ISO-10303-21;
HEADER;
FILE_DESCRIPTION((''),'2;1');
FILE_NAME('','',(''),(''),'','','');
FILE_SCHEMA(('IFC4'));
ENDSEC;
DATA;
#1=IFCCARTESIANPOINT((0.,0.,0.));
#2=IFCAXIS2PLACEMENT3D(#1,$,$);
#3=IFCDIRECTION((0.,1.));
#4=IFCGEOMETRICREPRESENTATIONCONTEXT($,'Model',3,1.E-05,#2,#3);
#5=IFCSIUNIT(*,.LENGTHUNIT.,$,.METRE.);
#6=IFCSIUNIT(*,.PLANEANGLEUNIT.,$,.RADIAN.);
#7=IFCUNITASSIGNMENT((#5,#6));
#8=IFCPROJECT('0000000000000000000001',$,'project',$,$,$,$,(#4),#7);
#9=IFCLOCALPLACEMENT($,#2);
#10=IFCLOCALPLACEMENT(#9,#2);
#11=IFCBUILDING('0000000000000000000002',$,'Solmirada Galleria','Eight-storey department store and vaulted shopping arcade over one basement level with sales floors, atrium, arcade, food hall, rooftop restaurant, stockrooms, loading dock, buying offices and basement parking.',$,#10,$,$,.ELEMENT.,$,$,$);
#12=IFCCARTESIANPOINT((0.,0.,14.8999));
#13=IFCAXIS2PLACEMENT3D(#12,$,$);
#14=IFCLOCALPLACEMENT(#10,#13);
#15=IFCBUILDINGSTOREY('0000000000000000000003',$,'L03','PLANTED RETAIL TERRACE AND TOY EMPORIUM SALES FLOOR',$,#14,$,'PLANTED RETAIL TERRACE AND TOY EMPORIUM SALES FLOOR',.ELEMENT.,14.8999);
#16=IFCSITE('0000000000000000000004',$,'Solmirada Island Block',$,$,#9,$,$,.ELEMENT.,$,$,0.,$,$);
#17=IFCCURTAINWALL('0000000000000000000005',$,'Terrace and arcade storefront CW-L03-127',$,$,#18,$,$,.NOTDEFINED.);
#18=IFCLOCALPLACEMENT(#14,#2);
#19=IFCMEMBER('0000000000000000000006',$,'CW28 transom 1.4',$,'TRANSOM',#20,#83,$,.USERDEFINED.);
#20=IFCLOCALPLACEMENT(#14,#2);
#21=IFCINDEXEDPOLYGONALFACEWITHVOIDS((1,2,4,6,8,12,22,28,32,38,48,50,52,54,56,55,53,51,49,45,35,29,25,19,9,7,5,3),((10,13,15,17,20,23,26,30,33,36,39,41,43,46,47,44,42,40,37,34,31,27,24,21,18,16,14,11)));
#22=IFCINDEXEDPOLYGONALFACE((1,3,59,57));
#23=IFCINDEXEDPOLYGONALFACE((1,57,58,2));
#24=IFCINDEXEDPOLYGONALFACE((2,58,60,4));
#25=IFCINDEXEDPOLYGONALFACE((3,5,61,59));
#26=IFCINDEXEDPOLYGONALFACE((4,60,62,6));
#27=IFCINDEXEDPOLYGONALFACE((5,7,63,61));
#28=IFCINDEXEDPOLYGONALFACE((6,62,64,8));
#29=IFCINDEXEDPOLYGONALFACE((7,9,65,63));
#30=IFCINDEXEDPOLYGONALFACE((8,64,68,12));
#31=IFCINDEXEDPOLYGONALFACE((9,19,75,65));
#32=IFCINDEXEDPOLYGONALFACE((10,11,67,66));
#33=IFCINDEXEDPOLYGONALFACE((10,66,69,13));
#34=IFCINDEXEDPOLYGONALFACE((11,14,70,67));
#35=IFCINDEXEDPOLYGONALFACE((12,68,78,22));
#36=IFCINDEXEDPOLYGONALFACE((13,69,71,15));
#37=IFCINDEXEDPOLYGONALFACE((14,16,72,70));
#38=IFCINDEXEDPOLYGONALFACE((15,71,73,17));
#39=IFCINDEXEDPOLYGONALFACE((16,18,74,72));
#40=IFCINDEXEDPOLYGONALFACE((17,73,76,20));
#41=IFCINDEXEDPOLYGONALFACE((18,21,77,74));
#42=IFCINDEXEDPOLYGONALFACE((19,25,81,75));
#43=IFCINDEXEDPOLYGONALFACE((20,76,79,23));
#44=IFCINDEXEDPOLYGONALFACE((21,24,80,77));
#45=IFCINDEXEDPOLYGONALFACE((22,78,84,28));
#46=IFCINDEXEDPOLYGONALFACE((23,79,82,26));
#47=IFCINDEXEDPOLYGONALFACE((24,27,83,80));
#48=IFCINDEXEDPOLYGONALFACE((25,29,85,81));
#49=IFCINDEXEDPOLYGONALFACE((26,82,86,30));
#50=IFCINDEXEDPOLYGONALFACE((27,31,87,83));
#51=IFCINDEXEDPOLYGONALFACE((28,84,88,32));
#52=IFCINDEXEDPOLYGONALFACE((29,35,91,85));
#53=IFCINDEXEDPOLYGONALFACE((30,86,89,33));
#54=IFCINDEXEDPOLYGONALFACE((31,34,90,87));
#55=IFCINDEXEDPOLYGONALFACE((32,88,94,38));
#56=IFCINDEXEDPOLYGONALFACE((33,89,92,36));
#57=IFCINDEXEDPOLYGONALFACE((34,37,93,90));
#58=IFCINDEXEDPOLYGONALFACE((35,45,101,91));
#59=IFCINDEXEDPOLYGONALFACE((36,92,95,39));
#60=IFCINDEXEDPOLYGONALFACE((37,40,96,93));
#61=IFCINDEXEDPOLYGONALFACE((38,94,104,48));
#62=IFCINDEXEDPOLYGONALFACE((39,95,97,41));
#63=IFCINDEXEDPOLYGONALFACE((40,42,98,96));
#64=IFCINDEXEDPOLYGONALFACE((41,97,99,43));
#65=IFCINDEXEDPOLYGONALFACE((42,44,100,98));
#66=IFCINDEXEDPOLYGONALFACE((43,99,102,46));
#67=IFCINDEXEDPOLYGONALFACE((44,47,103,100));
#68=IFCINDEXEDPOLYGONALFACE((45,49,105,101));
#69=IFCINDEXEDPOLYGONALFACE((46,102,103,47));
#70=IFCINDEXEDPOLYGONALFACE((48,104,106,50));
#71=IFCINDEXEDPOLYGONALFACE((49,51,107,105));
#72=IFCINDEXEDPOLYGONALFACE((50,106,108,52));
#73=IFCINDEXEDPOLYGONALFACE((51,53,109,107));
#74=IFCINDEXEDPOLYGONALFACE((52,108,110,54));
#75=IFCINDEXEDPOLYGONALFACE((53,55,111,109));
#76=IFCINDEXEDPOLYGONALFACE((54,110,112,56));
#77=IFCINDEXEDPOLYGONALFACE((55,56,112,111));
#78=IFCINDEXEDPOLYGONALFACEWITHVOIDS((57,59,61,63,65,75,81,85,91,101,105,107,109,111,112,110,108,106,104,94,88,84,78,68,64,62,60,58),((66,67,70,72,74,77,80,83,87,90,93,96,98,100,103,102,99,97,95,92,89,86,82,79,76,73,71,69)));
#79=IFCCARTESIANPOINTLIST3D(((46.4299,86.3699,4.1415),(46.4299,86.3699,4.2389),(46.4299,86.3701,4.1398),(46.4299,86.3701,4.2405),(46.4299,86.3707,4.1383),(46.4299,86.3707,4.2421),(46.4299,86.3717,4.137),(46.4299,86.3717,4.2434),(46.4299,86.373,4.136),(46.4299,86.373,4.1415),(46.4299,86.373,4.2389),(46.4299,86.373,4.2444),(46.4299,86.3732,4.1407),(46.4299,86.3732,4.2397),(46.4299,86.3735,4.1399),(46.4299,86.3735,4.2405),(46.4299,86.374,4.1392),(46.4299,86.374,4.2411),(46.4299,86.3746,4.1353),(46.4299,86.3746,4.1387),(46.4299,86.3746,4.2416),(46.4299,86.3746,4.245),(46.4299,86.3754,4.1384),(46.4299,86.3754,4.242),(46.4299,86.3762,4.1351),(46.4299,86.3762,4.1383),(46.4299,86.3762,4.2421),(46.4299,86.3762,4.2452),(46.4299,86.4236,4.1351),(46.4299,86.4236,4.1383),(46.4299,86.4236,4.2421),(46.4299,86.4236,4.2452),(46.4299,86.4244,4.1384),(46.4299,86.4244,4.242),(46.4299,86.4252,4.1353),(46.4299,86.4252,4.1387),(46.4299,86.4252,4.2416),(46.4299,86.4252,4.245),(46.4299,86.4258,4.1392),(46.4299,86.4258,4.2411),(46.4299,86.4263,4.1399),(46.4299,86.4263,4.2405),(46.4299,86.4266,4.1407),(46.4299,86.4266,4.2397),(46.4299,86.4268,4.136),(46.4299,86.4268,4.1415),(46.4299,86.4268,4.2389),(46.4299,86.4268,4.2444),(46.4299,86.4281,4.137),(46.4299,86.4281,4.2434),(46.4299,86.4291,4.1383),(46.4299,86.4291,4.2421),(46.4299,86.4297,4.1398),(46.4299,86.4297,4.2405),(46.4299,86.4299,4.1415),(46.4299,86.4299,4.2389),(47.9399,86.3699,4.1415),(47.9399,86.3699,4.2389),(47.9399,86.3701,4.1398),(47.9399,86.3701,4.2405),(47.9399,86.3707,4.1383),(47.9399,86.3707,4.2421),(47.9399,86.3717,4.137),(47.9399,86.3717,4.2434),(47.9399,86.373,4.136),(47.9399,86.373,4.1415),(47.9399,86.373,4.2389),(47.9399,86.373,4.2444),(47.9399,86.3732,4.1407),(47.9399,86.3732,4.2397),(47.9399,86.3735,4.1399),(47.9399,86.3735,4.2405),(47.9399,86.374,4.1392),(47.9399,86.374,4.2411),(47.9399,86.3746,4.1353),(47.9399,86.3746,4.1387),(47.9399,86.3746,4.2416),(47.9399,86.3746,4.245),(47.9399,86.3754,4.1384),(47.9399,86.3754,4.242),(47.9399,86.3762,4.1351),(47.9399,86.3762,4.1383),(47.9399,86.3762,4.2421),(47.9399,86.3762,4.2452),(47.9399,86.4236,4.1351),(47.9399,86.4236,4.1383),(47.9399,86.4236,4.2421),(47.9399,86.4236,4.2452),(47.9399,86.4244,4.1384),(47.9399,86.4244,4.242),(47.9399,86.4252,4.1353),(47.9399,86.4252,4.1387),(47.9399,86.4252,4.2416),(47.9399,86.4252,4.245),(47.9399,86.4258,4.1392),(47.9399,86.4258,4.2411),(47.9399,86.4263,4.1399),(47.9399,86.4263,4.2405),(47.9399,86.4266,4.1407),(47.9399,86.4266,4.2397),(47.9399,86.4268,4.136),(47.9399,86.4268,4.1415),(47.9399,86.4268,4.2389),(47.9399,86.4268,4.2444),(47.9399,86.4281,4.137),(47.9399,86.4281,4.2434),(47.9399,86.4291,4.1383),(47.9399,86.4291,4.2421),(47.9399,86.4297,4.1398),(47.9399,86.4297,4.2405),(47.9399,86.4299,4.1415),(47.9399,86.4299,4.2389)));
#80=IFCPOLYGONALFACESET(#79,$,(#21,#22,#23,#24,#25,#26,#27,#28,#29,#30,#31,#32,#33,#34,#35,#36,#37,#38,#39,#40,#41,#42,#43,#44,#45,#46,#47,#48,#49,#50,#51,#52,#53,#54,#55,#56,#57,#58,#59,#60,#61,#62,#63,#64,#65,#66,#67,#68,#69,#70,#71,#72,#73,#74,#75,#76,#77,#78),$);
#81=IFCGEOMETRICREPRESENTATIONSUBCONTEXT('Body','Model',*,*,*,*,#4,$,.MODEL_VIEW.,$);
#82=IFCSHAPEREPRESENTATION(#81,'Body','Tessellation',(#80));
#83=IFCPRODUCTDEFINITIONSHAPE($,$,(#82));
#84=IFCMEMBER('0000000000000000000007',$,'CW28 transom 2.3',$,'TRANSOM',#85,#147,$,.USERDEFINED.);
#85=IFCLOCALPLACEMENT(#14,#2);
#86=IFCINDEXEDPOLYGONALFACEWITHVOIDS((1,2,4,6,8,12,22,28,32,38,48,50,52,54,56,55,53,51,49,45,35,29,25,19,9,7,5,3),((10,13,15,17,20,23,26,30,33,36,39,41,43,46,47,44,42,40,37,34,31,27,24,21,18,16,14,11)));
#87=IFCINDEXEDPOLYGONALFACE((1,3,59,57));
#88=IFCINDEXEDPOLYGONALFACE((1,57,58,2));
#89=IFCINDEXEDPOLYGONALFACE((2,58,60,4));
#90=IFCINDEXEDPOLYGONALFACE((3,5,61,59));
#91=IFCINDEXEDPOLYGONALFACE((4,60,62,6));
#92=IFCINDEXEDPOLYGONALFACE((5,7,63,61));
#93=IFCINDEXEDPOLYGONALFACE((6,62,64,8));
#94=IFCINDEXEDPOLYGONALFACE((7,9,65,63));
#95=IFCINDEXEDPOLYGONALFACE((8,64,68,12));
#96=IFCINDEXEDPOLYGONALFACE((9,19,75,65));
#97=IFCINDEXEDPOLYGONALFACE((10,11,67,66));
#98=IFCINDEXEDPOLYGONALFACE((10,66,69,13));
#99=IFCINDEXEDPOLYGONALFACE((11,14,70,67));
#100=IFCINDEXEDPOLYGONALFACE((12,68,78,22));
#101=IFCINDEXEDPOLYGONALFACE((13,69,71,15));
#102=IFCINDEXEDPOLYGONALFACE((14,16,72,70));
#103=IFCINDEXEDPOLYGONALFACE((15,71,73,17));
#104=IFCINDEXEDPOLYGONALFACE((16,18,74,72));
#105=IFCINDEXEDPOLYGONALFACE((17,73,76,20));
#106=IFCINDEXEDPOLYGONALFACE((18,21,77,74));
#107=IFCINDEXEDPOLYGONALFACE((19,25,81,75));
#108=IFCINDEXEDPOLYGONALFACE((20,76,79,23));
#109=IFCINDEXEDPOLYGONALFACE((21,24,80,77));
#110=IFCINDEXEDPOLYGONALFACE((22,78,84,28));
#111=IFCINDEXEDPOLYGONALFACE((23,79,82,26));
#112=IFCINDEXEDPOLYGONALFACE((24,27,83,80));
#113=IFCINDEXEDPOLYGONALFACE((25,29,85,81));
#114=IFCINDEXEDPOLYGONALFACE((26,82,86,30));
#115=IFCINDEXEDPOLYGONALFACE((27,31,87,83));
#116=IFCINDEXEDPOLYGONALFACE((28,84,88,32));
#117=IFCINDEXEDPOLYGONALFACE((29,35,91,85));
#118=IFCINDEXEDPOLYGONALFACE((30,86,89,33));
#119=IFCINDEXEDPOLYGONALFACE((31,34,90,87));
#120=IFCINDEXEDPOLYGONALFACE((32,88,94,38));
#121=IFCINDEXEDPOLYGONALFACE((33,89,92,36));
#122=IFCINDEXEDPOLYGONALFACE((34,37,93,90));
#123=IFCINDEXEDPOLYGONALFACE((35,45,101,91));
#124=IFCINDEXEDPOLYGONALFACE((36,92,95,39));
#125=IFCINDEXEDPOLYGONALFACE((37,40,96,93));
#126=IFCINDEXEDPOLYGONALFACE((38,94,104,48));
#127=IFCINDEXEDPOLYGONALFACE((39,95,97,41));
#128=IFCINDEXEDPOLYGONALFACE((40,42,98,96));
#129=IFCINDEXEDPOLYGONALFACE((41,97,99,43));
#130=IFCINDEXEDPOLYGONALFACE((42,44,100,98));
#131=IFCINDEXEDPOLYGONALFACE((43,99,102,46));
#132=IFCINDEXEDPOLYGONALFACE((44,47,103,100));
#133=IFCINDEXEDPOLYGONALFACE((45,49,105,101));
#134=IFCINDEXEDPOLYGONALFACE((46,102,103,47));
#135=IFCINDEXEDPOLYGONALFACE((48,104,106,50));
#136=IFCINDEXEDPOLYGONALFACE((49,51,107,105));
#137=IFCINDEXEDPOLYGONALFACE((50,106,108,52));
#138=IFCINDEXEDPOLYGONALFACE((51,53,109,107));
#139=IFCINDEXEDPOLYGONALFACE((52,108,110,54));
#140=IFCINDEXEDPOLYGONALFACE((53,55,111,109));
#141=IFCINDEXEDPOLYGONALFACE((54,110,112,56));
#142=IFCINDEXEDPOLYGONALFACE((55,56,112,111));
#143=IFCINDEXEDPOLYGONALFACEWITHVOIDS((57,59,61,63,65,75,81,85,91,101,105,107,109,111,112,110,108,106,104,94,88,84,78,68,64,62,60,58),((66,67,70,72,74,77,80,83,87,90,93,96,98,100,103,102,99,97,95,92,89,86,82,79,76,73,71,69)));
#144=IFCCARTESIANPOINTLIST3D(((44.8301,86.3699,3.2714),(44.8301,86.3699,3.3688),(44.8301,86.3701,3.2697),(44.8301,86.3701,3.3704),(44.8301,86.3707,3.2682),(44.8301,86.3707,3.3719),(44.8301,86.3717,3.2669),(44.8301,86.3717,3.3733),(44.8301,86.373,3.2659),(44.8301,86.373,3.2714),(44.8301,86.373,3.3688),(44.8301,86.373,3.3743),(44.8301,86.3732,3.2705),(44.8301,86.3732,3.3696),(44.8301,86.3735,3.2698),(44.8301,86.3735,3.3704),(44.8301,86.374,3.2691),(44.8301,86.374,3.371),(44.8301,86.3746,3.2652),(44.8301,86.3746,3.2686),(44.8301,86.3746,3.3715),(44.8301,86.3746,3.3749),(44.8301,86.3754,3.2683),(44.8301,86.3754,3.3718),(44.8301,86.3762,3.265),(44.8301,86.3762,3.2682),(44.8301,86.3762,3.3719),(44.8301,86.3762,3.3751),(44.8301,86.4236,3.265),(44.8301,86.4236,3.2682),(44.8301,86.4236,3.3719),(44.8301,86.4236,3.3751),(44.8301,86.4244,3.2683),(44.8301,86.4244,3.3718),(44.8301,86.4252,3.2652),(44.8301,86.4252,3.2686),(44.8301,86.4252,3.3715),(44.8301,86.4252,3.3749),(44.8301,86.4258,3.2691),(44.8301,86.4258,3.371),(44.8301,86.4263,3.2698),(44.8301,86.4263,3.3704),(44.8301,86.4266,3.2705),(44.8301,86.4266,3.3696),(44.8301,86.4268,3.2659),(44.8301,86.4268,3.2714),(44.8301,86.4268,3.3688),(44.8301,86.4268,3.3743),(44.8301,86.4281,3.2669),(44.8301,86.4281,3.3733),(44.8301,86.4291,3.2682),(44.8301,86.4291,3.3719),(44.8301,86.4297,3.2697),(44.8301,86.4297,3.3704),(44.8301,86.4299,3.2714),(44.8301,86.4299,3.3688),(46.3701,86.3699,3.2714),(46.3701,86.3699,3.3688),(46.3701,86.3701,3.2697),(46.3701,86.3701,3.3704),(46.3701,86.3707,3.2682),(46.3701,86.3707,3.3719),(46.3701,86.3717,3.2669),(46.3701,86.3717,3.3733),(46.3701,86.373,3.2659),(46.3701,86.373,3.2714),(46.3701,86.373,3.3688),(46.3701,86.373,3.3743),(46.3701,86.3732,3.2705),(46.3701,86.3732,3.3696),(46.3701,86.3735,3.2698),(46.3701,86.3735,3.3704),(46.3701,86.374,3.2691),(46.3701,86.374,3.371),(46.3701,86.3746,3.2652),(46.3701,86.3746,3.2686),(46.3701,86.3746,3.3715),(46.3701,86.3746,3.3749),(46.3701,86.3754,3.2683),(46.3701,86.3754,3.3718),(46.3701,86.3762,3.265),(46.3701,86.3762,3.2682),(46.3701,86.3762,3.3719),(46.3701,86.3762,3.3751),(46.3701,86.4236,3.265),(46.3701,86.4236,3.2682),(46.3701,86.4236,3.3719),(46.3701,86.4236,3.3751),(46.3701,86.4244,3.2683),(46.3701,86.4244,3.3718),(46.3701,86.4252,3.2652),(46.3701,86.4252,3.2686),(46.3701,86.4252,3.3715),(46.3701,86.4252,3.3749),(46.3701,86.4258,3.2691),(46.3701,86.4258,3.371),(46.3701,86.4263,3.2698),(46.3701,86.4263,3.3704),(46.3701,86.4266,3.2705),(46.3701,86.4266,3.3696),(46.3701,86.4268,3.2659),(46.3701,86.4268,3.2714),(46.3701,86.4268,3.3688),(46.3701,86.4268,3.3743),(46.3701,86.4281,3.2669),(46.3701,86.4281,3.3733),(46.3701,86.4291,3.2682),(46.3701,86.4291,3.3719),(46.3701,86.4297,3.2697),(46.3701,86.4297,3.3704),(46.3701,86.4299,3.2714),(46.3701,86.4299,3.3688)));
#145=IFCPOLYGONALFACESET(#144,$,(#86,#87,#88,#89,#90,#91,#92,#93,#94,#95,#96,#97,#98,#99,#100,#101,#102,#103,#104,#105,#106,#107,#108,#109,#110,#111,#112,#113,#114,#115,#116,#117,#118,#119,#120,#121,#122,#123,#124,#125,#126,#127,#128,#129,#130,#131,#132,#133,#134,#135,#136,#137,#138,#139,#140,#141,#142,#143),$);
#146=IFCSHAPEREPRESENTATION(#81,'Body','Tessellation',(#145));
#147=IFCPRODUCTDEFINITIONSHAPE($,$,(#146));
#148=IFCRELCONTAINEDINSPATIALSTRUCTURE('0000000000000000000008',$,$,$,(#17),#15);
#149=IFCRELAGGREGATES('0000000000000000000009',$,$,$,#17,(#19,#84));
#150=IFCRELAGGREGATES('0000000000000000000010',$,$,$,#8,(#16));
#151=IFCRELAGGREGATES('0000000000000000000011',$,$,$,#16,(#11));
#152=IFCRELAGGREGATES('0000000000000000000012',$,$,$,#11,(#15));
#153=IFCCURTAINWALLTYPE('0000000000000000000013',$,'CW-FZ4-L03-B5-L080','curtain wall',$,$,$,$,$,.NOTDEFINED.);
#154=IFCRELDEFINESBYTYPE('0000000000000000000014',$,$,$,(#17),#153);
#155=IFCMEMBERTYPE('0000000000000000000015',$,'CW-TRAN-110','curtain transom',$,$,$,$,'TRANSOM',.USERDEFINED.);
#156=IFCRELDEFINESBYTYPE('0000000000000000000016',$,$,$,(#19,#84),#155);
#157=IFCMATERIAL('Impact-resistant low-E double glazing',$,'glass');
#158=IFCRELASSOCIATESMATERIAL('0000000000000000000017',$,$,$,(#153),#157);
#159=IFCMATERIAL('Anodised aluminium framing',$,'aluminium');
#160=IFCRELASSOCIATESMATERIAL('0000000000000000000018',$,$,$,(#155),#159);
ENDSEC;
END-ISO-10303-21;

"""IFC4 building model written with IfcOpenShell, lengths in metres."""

from ifc_helpers import new_model, si_unit, direction, frame, origin, origin_2d, place, context, subcontext, project, spatial, hollow_rectangle, extrude, material, material_profile, profile_set, type_object, element, aggregate, save


model = new_model("IFC4")

# Units and contexts
model_context = context("Model", 3, precision=1e-05, world=origin(), true_north=direction((0.0, 1.0)))
body_context = subcontext(model_context, "Body", "Model", "MODEL_VIEW")
ifc_project = project(units=[si_unit("LENGTHUNIT", "METRE"), si_unit("PLANEANGLEUNIT", "RADIAN")], contexts=[model_context])

# Site, building, storey
site_placement = place(None, origin())
site = spatial("IfcSite", under=ifc_project, at=site_placement, Name="Solmirada Island Block", CompositionType="ELEMENT", RefElevation=0.0)
building_placement = place(site_placement, origin())
building = spatial("IfcBuilding", under=site, at=building_placement, Name="Solmirada Galleria", Description="Eight-storey department store and vaulted shopping arcade over one basement level with sales floors, atrium, arcade, food hall, rooftop restaurant, stockrooms, loading dock, buying offices and basement parking.", CompositionType="ELEMENT")
storey_placement = place(building_placement, frame((0.0, 0.0, 14.8999)))
storey = spatial("IfcBuildingStorey", under=building, at=storey_placement, Name="L03", Description="PLANTED RETAIL TERRACE AND TOY EMPORIUM SALES FLOOR", LongName="PLANTED RETAIL TERRACE AND TOY EMPORIUM SALES FLOOR", CompositionType="ELEMENT", Elevation=14.8999)

# Curtain wall
ifc_material_1 = material(Name="Impact-resistant low-E double glazing", Category="glass")
curtain_wall_type = type_object("IfcCurtainWallType", Name="CW-FZ4-L03-B5-L080", Description="curtain wall", PredefinedType="NOTDEFINED", material=ifc_material_1)
ifc_material_2 = material(Name="Anodised aluminium framing", Category="aluminium")
curtain_wall_1_placement = place(storey_placement, origin())
curtain_wall_1 = element("IfcCurtainWall", 1, at=curtain_wall_1_placement, inside=storey, type_object=curtain_wall_type, Name="Terrace and arcade storefront CW-L03-127", PredefinedType="NOTDEFINED")

# Members
ifc_material_profile_1 = material_profile(ifc_material_2, hollow_rectangle(XDim=0.0601, YDim=0.1101, WallThickness=0.0032, InnerFilletRadius=0.0032, OuterFilletRadius=0.0063, at=origin_2d()), Name="ALU-TRAN-110X60")
ifc_profile_set_1 = profile_set([ifc_material_profile_1], Name="Anodised aluminium framing")
member_type_1 = type_object("IfcMemberType", Name="CW-TRAN-110", Description="curtain transom", ElementType="TRANSOM", PredefinedType="USERDEFINED", material=ifc_profile_set_1)
member_1_placement = place(storey_placement, frame((47.9399, 86.3999, 4.1902), z_axis=(-1.0, 0.0, 0.0), x_axis=(0.0, -1.0, 0.0)))
member_1 = element("IfcMember", 2, at=member_1_placement, type_object=member_type_1, Name="CW28 transom 1.4", ObjectType="TRANSOM", PredefinedType="USERDEFINED", context=body_context, shape_type="SweptSolid", body=[
    extrude(hollow_rectangle(XDim=0.0601, YDim=0.1101, WallThickness=0.0032, InnerFilletRadius=0.0032, OuterFilletRadius=0.0063, at=origin_2d()), origin(), (0.0, 0.0, 1.0), 1.51),
])
member_2_placement = place(storey_placement, frame((46.3701, 86.3999, 3.3201), z_axis=(-1.0, 0.0, 0.0), x_axis=(0.0, -1.0, 0.0)))
member_2 = element("IfcMember", 3, at=member_2_placement, type_object=member_type_1, Name="CW28 transom 2.3", ObjectType="TRANSOM", PredefinedType="USERDEFINED", context=body_context, shape_type="SweptSolid", body=[
    extrude(hollow_rectangle(XDim=0.0601, YDim=0.1101, WallThickness=0.0032, InnerFilletRadius=0.0032, OuterFilletRadius=0.0063, at=origin_2d()), origin(), (0.0, 0.0, 1.0), 1.54),
])

aggregate(curtain_wall_1, [member_1, member_2])

save(model, "model.ifc")
